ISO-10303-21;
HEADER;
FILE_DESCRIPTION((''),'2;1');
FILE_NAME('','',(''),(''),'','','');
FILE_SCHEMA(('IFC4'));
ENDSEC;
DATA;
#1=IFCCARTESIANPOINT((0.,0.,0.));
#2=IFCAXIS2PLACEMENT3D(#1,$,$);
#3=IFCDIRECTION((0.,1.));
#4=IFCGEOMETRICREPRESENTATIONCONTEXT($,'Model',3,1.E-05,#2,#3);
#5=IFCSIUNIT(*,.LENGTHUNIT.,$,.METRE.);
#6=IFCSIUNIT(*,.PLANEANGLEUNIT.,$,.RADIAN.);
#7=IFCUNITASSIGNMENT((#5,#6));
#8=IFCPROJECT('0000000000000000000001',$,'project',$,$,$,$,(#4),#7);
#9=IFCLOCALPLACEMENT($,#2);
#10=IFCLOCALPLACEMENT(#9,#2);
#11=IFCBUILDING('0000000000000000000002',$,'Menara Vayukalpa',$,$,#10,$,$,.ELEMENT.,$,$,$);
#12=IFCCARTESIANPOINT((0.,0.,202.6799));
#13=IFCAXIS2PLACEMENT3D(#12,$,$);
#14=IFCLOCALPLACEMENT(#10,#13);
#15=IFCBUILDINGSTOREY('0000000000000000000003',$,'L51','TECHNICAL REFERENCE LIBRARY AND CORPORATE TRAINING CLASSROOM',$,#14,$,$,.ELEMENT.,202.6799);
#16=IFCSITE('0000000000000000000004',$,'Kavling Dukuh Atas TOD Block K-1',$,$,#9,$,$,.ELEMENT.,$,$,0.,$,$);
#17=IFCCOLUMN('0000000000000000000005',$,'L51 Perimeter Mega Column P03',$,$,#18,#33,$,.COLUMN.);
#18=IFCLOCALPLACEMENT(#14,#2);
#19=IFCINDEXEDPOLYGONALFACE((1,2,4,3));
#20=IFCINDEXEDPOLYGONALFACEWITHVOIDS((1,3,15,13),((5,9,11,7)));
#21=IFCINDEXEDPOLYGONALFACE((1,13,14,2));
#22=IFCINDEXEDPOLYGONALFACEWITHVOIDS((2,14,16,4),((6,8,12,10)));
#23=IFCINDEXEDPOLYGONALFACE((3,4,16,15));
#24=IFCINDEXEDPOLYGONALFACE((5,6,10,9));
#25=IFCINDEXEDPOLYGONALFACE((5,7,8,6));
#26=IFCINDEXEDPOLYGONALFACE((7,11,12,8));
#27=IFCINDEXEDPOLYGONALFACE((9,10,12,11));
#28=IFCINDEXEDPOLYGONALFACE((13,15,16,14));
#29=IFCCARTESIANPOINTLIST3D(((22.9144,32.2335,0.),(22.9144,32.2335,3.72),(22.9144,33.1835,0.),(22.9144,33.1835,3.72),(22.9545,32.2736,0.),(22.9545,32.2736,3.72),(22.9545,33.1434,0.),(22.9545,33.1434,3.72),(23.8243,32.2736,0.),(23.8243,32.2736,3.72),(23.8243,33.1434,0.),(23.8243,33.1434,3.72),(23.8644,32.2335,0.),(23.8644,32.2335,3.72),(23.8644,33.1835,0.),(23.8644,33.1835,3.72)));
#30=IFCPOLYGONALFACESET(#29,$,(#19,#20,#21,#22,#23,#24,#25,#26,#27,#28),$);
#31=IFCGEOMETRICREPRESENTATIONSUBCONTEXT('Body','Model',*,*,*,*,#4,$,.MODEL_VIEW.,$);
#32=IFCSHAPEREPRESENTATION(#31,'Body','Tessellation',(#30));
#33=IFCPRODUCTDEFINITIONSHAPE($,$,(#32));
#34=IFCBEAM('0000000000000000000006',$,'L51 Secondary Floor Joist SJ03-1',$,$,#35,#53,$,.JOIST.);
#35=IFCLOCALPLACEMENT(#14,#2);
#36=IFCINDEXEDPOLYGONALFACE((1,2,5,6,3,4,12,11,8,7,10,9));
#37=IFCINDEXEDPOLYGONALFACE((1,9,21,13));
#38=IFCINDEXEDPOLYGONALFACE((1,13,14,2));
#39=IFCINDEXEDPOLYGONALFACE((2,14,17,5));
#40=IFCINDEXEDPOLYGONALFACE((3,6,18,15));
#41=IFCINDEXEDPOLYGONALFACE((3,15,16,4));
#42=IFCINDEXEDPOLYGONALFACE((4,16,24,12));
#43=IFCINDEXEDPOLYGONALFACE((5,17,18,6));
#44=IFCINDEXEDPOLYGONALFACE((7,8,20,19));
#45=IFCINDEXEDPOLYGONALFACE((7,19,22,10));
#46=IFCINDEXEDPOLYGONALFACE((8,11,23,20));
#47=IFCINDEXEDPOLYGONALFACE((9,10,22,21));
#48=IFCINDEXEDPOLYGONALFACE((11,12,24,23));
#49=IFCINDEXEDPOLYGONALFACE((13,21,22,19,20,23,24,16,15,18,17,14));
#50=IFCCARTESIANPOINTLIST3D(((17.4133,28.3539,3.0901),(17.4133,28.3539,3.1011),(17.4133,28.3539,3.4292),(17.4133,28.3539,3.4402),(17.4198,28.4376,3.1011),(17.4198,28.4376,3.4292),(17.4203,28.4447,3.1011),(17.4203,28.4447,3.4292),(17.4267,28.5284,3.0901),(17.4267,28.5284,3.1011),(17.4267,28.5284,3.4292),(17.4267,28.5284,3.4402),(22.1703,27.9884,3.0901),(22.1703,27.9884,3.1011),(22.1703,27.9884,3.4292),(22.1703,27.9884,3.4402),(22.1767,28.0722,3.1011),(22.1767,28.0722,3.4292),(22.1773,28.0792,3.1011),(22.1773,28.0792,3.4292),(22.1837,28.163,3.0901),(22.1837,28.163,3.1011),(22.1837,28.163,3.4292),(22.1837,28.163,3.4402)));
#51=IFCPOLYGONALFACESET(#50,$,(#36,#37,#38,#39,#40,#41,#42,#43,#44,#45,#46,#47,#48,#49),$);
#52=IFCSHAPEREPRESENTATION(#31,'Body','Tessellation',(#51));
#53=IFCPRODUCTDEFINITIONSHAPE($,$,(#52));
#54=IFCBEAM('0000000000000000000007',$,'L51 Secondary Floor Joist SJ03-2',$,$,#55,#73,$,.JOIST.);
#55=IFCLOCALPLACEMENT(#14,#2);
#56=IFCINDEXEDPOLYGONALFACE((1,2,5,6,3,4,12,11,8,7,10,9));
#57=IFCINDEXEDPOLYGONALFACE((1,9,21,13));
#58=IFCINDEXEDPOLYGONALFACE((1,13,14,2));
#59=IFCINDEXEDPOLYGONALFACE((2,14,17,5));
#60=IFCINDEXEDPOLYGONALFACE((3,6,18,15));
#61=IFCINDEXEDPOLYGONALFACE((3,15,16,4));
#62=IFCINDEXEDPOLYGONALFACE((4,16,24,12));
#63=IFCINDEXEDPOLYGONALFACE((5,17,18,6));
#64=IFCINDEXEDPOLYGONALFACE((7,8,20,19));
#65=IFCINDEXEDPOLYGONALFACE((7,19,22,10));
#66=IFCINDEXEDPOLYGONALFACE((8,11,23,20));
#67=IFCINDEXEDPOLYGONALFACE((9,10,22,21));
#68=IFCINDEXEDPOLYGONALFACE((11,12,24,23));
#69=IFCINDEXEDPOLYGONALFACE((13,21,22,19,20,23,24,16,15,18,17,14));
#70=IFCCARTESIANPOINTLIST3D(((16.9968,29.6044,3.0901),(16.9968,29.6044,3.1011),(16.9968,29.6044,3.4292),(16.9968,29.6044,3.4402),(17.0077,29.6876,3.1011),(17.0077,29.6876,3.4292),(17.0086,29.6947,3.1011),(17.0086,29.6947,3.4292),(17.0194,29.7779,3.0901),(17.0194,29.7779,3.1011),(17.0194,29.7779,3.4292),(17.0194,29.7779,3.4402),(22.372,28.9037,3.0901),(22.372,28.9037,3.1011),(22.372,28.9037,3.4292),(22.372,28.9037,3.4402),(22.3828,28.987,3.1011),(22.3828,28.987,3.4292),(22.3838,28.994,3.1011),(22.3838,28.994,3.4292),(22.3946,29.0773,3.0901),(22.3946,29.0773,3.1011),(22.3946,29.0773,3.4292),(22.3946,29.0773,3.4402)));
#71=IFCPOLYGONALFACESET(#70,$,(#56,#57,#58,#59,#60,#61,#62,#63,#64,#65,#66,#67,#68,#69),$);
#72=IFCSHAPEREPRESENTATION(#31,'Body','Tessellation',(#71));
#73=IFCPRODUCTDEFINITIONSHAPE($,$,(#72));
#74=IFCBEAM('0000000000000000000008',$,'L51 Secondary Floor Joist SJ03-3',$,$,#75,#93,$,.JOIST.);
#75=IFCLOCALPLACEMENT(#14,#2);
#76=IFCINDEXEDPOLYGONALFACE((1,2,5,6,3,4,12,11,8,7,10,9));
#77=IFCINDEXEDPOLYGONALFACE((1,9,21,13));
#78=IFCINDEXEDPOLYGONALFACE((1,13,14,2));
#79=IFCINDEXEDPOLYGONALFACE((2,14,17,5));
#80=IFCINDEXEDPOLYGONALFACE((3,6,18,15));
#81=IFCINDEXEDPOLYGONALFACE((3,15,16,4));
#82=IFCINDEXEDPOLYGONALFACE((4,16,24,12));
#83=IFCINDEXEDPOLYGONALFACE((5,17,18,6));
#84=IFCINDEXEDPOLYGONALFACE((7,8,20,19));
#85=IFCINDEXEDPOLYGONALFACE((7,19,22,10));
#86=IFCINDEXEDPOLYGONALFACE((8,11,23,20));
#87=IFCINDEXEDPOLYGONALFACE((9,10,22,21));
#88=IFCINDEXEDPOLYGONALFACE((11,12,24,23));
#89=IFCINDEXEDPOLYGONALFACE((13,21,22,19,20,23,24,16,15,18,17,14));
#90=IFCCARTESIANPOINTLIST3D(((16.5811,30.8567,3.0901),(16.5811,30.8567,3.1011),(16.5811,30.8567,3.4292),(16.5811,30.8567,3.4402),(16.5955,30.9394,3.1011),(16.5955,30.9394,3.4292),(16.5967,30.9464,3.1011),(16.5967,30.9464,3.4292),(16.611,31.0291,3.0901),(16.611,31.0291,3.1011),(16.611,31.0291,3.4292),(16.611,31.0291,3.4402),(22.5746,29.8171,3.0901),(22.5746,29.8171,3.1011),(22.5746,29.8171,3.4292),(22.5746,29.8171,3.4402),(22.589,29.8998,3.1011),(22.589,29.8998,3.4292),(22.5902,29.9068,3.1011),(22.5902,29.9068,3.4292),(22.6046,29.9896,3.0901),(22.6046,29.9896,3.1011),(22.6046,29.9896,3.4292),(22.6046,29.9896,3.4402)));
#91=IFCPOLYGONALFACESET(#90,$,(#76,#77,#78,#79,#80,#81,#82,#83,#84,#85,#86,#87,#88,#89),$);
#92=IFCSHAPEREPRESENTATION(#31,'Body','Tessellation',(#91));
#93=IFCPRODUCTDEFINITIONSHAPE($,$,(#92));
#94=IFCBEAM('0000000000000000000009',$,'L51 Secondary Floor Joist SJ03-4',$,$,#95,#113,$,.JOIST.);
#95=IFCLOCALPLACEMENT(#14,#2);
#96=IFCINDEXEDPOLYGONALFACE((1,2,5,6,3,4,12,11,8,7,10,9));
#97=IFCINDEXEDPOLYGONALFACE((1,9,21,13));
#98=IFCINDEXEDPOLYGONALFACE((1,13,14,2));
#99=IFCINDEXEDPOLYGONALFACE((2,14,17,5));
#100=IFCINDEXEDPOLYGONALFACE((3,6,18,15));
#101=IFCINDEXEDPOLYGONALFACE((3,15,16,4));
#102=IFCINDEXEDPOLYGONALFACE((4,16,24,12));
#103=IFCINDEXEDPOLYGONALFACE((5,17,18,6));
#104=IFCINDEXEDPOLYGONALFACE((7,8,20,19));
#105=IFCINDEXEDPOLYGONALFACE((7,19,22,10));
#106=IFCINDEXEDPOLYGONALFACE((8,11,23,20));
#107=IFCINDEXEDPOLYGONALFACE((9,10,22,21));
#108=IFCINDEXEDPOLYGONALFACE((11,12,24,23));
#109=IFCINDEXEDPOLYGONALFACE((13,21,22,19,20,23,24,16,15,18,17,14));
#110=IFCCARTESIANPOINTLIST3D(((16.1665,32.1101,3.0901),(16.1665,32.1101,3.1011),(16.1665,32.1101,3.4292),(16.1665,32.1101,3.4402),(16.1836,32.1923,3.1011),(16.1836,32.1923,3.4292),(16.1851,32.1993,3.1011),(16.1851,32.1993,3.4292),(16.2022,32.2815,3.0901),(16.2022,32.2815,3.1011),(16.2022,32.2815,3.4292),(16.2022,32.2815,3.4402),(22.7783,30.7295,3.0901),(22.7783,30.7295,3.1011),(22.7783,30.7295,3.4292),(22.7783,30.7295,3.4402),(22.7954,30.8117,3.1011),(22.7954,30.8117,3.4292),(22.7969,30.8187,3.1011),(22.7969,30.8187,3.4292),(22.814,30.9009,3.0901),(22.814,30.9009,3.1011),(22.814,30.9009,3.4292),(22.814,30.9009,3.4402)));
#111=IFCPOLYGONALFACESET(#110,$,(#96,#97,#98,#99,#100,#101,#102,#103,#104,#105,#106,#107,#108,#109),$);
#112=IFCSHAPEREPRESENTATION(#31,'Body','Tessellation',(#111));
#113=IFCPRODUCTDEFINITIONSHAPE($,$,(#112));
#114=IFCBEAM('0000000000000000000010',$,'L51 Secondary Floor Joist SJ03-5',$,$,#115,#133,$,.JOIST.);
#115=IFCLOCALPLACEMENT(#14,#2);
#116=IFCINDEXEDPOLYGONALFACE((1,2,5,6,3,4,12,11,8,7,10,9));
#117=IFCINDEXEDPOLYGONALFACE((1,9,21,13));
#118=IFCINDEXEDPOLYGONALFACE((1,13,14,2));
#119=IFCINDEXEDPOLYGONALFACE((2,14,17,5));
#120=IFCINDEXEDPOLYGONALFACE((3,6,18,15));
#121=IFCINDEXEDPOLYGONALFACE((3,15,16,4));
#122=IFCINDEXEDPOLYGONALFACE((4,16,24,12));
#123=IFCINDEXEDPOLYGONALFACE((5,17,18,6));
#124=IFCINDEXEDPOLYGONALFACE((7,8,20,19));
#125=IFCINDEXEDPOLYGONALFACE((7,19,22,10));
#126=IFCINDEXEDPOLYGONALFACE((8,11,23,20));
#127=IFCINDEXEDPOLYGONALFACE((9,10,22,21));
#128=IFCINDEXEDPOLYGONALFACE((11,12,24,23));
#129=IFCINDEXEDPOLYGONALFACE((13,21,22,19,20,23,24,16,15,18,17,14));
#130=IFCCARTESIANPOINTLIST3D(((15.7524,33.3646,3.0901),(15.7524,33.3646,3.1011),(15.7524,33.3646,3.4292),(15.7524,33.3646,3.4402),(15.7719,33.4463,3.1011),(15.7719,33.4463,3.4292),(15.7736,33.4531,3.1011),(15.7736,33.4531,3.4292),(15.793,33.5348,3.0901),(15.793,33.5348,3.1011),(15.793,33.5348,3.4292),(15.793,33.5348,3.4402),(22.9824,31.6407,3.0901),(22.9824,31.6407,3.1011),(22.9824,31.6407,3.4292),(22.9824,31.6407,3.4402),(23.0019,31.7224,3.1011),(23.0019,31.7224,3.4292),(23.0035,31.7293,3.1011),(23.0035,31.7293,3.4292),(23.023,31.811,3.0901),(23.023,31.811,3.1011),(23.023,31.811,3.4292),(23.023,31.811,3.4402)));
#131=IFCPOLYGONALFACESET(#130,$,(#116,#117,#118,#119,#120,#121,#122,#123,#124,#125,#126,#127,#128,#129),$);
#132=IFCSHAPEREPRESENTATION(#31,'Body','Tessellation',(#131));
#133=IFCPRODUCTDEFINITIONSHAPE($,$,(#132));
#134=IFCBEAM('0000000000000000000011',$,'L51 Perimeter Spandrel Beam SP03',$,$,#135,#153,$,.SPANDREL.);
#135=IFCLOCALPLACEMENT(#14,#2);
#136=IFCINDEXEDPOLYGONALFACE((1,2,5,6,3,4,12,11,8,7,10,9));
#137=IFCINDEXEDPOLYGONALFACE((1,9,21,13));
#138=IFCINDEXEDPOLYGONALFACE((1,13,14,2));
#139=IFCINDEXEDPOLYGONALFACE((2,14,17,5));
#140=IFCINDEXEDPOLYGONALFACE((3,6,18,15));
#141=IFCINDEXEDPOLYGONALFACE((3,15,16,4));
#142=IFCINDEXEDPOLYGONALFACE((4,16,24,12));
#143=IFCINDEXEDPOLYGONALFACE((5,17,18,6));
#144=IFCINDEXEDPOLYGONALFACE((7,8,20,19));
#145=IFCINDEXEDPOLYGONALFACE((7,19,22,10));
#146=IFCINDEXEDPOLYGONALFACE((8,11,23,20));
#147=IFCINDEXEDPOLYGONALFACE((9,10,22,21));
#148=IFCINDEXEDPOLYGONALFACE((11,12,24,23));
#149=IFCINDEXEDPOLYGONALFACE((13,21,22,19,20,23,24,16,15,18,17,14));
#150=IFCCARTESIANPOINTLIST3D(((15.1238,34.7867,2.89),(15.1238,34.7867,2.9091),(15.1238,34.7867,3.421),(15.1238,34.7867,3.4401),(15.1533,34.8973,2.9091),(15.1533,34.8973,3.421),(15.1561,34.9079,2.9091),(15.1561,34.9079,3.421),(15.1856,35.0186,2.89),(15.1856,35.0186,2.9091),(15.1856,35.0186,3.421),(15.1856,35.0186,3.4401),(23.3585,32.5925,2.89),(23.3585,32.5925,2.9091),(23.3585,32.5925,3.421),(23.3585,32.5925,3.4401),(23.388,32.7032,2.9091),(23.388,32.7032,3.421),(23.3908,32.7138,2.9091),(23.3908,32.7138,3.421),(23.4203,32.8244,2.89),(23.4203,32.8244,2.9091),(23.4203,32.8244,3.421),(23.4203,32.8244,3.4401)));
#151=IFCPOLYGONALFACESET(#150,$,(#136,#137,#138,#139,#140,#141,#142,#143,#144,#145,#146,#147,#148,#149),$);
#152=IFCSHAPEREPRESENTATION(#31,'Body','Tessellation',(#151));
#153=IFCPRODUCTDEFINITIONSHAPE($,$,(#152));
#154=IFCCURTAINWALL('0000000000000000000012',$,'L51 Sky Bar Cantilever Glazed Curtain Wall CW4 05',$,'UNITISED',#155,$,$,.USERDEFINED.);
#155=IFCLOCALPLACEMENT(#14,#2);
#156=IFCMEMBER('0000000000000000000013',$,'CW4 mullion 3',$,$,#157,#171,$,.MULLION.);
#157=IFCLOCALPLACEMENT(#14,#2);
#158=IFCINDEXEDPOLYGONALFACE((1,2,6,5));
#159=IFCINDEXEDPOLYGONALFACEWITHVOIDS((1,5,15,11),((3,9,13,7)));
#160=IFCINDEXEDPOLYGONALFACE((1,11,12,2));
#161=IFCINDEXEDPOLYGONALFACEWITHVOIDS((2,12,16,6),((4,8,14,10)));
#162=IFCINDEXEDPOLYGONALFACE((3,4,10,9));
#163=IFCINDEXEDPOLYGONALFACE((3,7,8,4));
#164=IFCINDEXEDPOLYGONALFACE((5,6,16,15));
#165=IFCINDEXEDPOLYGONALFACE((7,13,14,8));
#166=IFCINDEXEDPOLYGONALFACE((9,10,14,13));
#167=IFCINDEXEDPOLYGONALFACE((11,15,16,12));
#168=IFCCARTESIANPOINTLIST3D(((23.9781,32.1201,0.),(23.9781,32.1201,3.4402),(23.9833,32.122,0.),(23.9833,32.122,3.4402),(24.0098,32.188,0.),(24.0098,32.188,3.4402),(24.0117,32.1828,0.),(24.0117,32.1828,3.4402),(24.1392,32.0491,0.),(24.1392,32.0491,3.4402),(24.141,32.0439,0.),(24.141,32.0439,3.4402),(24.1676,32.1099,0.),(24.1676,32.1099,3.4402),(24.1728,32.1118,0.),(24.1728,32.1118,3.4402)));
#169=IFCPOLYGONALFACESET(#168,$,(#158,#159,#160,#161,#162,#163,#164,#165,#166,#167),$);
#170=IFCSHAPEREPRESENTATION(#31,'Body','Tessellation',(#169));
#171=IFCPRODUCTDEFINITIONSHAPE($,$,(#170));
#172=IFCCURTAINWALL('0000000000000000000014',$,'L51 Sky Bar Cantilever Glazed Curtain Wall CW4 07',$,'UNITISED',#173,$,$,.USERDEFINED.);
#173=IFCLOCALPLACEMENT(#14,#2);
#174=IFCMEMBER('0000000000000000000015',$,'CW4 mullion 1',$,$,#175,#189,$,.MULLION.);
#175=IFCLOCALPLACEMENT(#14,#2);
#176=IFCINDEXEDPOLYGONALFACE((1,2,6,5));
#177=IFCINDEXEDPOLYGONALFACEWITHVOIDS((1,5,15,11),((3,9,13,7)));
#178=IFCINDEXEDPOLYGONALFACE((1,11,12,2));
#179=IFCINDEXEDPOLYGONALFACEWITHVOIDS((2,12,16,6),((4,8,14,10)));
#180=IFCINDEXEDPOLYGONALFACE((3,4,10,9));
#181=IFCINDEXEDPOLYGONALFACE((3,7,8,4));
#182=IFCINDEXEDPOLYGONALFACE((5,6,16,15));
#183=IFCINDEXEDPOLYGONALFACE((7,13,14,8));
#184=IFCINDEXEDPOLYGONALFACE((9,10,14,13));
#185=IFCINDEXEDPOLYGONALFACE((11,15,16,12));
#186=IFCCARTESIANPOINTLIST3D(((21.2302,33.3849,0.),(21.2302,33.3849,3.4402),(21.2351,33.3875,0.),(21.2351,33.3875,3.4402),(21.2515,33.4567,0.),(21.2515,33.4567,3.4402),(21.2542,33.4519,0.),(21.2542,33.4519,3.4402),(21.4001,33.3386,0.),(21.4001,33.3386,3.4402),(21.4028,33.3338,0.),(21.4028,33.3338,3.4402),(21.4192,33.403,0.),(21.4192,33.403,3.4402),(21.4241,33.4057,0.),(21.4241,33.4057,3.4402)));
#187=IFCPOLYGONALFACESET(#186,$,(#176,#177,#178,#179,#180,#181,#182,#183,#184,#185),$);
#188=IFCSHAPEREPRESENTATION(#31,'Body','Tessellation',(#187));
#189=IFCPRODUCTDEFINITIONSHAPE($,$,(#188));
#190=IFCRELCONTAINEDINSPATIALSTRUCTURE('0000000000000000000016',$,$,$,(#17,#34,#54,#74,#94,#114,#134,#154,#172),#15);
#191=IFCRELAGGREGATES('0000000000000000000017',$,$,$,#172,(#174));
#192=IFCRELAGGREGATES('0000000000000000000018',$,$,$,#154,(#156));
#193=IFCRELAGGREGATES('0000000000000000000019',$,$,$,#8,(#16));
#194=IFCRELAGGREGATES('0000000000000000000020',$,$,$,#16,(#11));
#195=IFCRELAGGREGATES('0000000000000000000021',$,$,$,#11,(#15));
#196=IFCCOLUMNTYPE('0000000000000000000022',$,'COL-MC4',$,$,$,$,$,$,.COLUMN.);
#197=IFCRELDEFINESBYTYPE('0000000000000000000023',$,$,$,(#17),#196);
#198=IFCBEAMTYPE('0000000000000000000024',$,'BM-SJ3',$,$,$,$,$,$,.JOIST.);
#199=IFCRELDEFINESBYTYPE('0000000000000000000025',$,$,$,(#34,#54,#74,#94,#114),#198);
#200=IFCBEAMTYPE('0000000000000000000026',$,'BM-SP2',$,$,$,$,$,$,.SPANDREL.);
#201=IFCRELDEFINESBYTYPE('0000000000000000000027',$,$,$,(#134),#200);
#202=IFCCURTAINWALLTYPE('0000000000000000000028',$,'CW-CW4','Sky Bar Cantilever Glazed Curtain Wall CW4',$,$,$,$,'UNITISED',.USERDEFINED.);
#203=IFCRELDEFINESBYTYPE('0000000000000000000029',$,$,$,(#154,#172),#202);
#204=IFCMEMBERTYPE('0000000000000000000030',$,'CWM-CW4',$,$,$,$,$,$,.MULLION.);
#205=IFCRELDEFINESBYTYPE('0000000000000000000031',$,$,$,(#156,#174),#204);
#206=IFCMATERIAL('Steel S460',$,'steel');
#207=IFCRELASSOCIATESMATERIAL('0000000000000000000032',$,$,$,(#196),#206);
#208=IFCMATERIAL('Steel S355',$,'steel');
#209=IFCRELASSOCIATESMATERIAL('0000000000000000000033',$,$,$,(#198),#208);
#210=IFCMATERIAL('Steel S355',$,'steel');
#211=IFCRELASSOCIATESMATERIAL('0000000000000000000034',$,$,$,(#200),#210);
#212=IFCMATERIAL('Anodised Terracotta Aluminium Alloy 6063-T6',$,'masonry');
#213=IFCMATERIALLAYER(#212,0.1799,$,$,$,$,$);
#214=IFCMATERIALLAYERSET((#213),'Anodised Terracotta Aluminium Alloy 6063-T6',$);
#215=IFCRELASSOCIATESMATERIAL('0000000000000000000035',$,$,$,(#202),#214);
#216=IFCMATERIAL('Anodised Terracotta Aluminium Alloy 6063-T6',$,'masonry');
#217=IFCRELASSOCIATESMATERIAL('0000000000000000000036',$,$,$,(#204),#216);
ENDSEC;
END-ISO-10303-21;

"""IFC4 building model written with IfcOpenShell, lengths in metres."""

from ifc_helpers import new_model, si_unit, direction, frame, origin, origin_2d, place, context, subcontext, project, spatial, hollow_rectangle, i_section, extrude, material, layer, layer_set, material_profile, profile_set, type_object, element, aggregate, save


model = new_model("IFC4")

# Units and contexts
model_context = context("Model", 3, precision=1e-05, world=origin(), true_north=direction((0.0, 1.0)))
body_context = subcontext(model_context, "Body", "Model", "MODEL_VIEW")
ifc_project = project(units=[si_unit("LENGTHUNIT", "METRE"), si_unit("PLANEANGLEUNIT", "RADIAN")], contexts=[model_context])

# Site, building, storey
site_placement = place(None, origin())
site = spatial("IfcSite", under=ifc_project, at=site_placement, Name="Kavling Dukuh Atas TOD Block K-1", CompositionType="ELEMENT", RefElevation=0.0)
building_placement = place(site_placement, origin())
building = spatial("IfcBuilding", under=site, at=building_placement, Name="Menara Vayukalpa", CompositionType="ELEMENT")
storey_placement = place(building_placement, frame((0.0, 0.0, 202.6799)))
storey = spatial("IfcBuildingStorey", under=building, at=storey_placement, Name="L51", Description="TECHNICAL REFERENCE LIBRARY AND CORPORATE TRAINING CLASSROOM", CompositionType="ELEMENT", Elevation=202.6799)

# Column
ifc_material_1 = material(Name="Steel S460", Category="steel")
ifc_material_profile_1 = material_profile(ifc_material_1, hollow_rectangle(XDim=0.95, YDim=0.95, WallThickness=0.04, at=origin_2d()), Name="BOX 950x950x40")
ifc_profile_set_1 = profile_set([ifc_material_profile_1], Name="Steel S460")
column_type = type_object("IfcColumnType", Name="COL-MC4", PredefinedType="COLUMN", material=ifc_profile_set_1)
column_placement = place(storey_placement, frame((23.3894, 32.7085, 0.0), z_axis=(0.0, 0.0, 1.0), x_axis=(1.0, 0.0, 0.0)))
element("IfcColumn", 1, at=column_placement, inside=storey, type_object=column_type, Name="L51 Perimeter Mega Column P03", PredefinedType="COLUMN", context=body_context, shape_type="SweptSolid", body=[
    extrude(hollow_rectangle(XDim=0.95, YDim=0.95, WallThickness=0.04, at=origin_2d()), origin(), (0.0, 0.0, 1.0), 3.72),
])

# Beams
ifc_material_2 = material(Name="Steel S355", Category="steel")
ifc_material_profile_2 = material_profile(ifc_material_2, i_section(OverallWidth=0.175, OverallDepth=0.3501, WebThickness=0.0071, FlangeThickness=0.011, at=origin_2d()), Name="WF 350x175x7x11")
ifc_profile_set_2 = profile_set([ifc_material_profile_2], Name="Steel S355")
beam_type_1 = type_object("IfcBeamType", Name="BM-SJ3", PredefinedType="JOIST", material=ifc_profile_set_2)
beam_1_placement = place(storey_placement, frame((22.177, 28.0757, 3.2651), z_axis=(-0.997062, 0.076603, 0.0), x_axis=(-0.076603, -0.997062, 0.0)))
element("IfcBeam", 2, at=beam_1_placement, inside=storey, type_object=beam_type_1, Name="L51 Secondary Floor Joist SJ03-1", PredefinedType="JOIST", context=body_context, shape_type="SweptSolid", body=[
    extrude(i_section(OverallWidth=0.175, OverallDepth=0.3501, WebThickness=0.0071, FlangeThickness=0.011, at=origin_2d()), origin(), (0.0, 0.0, 1.0), 4.771),
])
beam_2_placement = place(storey_placement, frame((22.3833, 28.9905, 3.2651), z_axis=(-0.991611, 0.12926, 0.0), x_axis=(-0.12926, -0.991611, 0.0)))
element("IfcBeam", 3, at=beam_2_placement, inside=storey, type_object=beam_type_1, Name="L51 Secondary Floor Joist SJ03-2", PredefinedType="JOIST", context=body_context, shape_type="SweptSolid", body=[
    extrude(i_section(OverallWidth=0.175, OverallDepth=0.3501, WebThickness=0.0071, FlangeThickness=0.011, at=origin_2d()), origin(), (0.0, 0.0, 1.0), 5.4207),
])
beam_3_placement = place(storey_placement, frame((22.5896, 29.9033, 3.2651), z_axis=(-0.985289, 0.170897, 0.0), x_axis=(-0.170897, -0.985289, 0.0)))
element("IfcBeam", 4, at=beam_3_placement, inside=storey, type_object=beam_type_1, Name="L51 Secondary Floor Joist SJ03-3", PredefinedType="JOIST", context=body_context, shape_type="SweptSolid", body=[
    extrude(i_section(OverallWidth=0.175, OverallDepth=0.3501, WebThickness=0.0071, FlangeThickness=0.011, at=origin_2d()), origin(), (0.0, 0.0, 1.0), 6.083),
])
beam_4_placement = place(storey_placement, frame((22.7961, 30.8152, 3.2651), z_axis=(-0.978887, 0.204402, 0.0), x_axis=(-0.204402, -0.978887, 0.0)))
element("IfcBeam", 5, at=beam_4_placement, inside=storey, type_object=beam_type_1, Name="L51 Secondary Floor Joist SJ03-4", PredefinedType="JOIST", context=body_context, shape_type="SweptSolid", body=[
    extrude(i_section(OverallWidth=0.175, OverallDepth=0.3501, WebThickness=0.0071, FlangeThickness=0.011, at=origin_2d()), origin(), (0.0, 0.0, 1.0), 6.7544),
])
beam_5_placement = place(storey_placement, frame((23.0027, 31.7258, 3.2651), z_axis=(-0.972732, 0.231933, 0.0), x_axis=(-0.231933, -0.972732, 0.0)))
element("IfcBeam", 6, at=beam_5_placement, inside=storey, type_object=beam_type_1, Name="L51 Secondary Floor Joist SJ03-5", PredefinedType="JOIST", context=body_context, shape_type="SweptSolid", body=[
    extrude(i_section(OverallWidth=0.175, OverallDepth=0.3501, WebThickness=0.0071, FlangeThickness=0.011, at=origin_2d()), origin(), (0.0, 0.0, 1.0), 7.4326),
])
ifc_material_3 = material(Name="Steel S355", Category="steel")
ifc_material_profile_3 = material_profile(ifc_material_3, i_section(OverallWidth=0.24, OverallDepth=0.55, WebThickness=0.011, FlangeThickness=0.019, at=origin_2d()), Name="WF 550x240x11x19")
ifc_profile_set_3 = profile_set([ifc_material_profile_3], Name="Steel S355")
beam_type_2 = type_object("IfcBeamType", Name="BM-SP2", PredefinedType="SPANDREL", material=ifc_profile_set_3)
beam_6_placement = place(storey_placement, frame((23.3894, 32.7085, 3.165), z_axis=(-0.966288, 0.257465, 0.0), x_axis=(-0.257465, -0.966288, 0.0)))
element("IfcBeam", 7, at=beam_6_placement, inside=storey, type_object=beam_type_2, Name="L51 Perimeter Spandrel Beam SP03", PredefinedType="SPANDREL", context=body_context, shape_type="SweptSolid", body=[
    extrude(i_section(OverallWidth=0.24, OverallDepth=0.55, WebThickness=0.011, FlangeThickness=0.019, at=origin_2d()), origin(), (0.0, 0.0, 1.0), 8.522),
])

# Curtain walls, members
ifc_material_4 = material(Name="Anodised Terracotta Aluminium Alloy 6063-T6", Category="masonry")
ifc_layer_1 = layer(ifc_material_4, 0.1799)
ifc_layer_set_1 = layer_set([ifc_layer_1], Name="Anodised Terracotta Aluminium Alloy 6063-T6")
curtain_wall_type = type_object("IfcCurtainWallType", Name="CW-CW4", Description="Sky Bar Cantilever Glazed Curtain Wall CW4", ElementType="UNITISED", PredefinedType="USERDEFINED", material=ifc_layer_set_1)
curtain_wall_1_placement = place(storey_placement, origin())
curtain_wall_1 = element("IfcCurtainWall", 8, at=curtain_wall_1_placement, inside=storey, type_object=curtain_wall_type, Name="L51 Sky Bar Cantilever Glazed Curtain Wall CW4 05", ObjectType="UNITISED", PredefinedType="USERDEFINED")
ifc_material_5 = material(Name="Anodised Terracotta Aluminium Alloy 6063-T6", Category="masonry")
ifc_material_profile_4 = material_profile(ifc_material_5, hollow_rectangle(XDim=0.075, YDim=0.1799, WallThickness=0.0039, at=origin_2d()), Name="ALU 75x180x4")
ifc_profile_set_4 = profile_set([ifc_material_profile_4], Name="Anodised Terracotta Aluminium Alloy 6063-T6")
member_type_1 = type_object("IfcMemberType", Name="CWM-CW4", PredefinedType="MULLION", material=ifc_profile_set_4)
member_1_placement = place(storey_placement, frame((24.0754, 32.116, 0.0), z_axis=(0.0, 0.0, 1.0), x_axis=(-0.423744, -0.905782, 0.0)))
member_1 = element("IfcMember", 9, at=member_1_placement, type_object=member_type_1, Name="CW4 mullion 3", PredefinedType="MULLION", context=body_context, shape_type="SweptSolid", body=[
    extrude(hollow_rectangle(XDim=0.075, YDim=0.1799, WallThickness=0.0039, at=origin_2d()), origin(), (0.0, 0.0, 1.0), 3.4402),
])
curtain_wall_2_placement = place(storey_placement, origin())
curtain_wall_2 = element("IfcCurtainWall", 10, at=curtain_wall_2_placement, inside=storey, type_object=curtain_wall_type, Name="L51 Sky Bar Cantilever Glazed Curtain Wall CW4 07", ObjectType="UNITISED", PredefinedType="USERDEFINED")
member_2_placement = place(storey_placement, frame((21.3271, 33.3953, 0.0), z_axis=(0.0, 0.0, 1.0), x_axis=(-0.283894, -0.958856, 0.0)))
member_2 = element("IfcMember", 11, at=member_2_placement, type_object=member_type_1, Name="CW4 mullion 1", PredefinedType="MULLION", context=body_context, shape_type="SweptSolid", body=[
    extrude(hollow_rectangle(XDim=0.075, YDim=0.1799, WallThickness=0.0039, at=origin_2d()), origin(), (0.0, 0.0, 1.0), 3.4402),
])

aggregate(curtain_wall_2, [member_2])

aggregate(curtain_wall_1, [member_1])

save(model, "model.ifc")
